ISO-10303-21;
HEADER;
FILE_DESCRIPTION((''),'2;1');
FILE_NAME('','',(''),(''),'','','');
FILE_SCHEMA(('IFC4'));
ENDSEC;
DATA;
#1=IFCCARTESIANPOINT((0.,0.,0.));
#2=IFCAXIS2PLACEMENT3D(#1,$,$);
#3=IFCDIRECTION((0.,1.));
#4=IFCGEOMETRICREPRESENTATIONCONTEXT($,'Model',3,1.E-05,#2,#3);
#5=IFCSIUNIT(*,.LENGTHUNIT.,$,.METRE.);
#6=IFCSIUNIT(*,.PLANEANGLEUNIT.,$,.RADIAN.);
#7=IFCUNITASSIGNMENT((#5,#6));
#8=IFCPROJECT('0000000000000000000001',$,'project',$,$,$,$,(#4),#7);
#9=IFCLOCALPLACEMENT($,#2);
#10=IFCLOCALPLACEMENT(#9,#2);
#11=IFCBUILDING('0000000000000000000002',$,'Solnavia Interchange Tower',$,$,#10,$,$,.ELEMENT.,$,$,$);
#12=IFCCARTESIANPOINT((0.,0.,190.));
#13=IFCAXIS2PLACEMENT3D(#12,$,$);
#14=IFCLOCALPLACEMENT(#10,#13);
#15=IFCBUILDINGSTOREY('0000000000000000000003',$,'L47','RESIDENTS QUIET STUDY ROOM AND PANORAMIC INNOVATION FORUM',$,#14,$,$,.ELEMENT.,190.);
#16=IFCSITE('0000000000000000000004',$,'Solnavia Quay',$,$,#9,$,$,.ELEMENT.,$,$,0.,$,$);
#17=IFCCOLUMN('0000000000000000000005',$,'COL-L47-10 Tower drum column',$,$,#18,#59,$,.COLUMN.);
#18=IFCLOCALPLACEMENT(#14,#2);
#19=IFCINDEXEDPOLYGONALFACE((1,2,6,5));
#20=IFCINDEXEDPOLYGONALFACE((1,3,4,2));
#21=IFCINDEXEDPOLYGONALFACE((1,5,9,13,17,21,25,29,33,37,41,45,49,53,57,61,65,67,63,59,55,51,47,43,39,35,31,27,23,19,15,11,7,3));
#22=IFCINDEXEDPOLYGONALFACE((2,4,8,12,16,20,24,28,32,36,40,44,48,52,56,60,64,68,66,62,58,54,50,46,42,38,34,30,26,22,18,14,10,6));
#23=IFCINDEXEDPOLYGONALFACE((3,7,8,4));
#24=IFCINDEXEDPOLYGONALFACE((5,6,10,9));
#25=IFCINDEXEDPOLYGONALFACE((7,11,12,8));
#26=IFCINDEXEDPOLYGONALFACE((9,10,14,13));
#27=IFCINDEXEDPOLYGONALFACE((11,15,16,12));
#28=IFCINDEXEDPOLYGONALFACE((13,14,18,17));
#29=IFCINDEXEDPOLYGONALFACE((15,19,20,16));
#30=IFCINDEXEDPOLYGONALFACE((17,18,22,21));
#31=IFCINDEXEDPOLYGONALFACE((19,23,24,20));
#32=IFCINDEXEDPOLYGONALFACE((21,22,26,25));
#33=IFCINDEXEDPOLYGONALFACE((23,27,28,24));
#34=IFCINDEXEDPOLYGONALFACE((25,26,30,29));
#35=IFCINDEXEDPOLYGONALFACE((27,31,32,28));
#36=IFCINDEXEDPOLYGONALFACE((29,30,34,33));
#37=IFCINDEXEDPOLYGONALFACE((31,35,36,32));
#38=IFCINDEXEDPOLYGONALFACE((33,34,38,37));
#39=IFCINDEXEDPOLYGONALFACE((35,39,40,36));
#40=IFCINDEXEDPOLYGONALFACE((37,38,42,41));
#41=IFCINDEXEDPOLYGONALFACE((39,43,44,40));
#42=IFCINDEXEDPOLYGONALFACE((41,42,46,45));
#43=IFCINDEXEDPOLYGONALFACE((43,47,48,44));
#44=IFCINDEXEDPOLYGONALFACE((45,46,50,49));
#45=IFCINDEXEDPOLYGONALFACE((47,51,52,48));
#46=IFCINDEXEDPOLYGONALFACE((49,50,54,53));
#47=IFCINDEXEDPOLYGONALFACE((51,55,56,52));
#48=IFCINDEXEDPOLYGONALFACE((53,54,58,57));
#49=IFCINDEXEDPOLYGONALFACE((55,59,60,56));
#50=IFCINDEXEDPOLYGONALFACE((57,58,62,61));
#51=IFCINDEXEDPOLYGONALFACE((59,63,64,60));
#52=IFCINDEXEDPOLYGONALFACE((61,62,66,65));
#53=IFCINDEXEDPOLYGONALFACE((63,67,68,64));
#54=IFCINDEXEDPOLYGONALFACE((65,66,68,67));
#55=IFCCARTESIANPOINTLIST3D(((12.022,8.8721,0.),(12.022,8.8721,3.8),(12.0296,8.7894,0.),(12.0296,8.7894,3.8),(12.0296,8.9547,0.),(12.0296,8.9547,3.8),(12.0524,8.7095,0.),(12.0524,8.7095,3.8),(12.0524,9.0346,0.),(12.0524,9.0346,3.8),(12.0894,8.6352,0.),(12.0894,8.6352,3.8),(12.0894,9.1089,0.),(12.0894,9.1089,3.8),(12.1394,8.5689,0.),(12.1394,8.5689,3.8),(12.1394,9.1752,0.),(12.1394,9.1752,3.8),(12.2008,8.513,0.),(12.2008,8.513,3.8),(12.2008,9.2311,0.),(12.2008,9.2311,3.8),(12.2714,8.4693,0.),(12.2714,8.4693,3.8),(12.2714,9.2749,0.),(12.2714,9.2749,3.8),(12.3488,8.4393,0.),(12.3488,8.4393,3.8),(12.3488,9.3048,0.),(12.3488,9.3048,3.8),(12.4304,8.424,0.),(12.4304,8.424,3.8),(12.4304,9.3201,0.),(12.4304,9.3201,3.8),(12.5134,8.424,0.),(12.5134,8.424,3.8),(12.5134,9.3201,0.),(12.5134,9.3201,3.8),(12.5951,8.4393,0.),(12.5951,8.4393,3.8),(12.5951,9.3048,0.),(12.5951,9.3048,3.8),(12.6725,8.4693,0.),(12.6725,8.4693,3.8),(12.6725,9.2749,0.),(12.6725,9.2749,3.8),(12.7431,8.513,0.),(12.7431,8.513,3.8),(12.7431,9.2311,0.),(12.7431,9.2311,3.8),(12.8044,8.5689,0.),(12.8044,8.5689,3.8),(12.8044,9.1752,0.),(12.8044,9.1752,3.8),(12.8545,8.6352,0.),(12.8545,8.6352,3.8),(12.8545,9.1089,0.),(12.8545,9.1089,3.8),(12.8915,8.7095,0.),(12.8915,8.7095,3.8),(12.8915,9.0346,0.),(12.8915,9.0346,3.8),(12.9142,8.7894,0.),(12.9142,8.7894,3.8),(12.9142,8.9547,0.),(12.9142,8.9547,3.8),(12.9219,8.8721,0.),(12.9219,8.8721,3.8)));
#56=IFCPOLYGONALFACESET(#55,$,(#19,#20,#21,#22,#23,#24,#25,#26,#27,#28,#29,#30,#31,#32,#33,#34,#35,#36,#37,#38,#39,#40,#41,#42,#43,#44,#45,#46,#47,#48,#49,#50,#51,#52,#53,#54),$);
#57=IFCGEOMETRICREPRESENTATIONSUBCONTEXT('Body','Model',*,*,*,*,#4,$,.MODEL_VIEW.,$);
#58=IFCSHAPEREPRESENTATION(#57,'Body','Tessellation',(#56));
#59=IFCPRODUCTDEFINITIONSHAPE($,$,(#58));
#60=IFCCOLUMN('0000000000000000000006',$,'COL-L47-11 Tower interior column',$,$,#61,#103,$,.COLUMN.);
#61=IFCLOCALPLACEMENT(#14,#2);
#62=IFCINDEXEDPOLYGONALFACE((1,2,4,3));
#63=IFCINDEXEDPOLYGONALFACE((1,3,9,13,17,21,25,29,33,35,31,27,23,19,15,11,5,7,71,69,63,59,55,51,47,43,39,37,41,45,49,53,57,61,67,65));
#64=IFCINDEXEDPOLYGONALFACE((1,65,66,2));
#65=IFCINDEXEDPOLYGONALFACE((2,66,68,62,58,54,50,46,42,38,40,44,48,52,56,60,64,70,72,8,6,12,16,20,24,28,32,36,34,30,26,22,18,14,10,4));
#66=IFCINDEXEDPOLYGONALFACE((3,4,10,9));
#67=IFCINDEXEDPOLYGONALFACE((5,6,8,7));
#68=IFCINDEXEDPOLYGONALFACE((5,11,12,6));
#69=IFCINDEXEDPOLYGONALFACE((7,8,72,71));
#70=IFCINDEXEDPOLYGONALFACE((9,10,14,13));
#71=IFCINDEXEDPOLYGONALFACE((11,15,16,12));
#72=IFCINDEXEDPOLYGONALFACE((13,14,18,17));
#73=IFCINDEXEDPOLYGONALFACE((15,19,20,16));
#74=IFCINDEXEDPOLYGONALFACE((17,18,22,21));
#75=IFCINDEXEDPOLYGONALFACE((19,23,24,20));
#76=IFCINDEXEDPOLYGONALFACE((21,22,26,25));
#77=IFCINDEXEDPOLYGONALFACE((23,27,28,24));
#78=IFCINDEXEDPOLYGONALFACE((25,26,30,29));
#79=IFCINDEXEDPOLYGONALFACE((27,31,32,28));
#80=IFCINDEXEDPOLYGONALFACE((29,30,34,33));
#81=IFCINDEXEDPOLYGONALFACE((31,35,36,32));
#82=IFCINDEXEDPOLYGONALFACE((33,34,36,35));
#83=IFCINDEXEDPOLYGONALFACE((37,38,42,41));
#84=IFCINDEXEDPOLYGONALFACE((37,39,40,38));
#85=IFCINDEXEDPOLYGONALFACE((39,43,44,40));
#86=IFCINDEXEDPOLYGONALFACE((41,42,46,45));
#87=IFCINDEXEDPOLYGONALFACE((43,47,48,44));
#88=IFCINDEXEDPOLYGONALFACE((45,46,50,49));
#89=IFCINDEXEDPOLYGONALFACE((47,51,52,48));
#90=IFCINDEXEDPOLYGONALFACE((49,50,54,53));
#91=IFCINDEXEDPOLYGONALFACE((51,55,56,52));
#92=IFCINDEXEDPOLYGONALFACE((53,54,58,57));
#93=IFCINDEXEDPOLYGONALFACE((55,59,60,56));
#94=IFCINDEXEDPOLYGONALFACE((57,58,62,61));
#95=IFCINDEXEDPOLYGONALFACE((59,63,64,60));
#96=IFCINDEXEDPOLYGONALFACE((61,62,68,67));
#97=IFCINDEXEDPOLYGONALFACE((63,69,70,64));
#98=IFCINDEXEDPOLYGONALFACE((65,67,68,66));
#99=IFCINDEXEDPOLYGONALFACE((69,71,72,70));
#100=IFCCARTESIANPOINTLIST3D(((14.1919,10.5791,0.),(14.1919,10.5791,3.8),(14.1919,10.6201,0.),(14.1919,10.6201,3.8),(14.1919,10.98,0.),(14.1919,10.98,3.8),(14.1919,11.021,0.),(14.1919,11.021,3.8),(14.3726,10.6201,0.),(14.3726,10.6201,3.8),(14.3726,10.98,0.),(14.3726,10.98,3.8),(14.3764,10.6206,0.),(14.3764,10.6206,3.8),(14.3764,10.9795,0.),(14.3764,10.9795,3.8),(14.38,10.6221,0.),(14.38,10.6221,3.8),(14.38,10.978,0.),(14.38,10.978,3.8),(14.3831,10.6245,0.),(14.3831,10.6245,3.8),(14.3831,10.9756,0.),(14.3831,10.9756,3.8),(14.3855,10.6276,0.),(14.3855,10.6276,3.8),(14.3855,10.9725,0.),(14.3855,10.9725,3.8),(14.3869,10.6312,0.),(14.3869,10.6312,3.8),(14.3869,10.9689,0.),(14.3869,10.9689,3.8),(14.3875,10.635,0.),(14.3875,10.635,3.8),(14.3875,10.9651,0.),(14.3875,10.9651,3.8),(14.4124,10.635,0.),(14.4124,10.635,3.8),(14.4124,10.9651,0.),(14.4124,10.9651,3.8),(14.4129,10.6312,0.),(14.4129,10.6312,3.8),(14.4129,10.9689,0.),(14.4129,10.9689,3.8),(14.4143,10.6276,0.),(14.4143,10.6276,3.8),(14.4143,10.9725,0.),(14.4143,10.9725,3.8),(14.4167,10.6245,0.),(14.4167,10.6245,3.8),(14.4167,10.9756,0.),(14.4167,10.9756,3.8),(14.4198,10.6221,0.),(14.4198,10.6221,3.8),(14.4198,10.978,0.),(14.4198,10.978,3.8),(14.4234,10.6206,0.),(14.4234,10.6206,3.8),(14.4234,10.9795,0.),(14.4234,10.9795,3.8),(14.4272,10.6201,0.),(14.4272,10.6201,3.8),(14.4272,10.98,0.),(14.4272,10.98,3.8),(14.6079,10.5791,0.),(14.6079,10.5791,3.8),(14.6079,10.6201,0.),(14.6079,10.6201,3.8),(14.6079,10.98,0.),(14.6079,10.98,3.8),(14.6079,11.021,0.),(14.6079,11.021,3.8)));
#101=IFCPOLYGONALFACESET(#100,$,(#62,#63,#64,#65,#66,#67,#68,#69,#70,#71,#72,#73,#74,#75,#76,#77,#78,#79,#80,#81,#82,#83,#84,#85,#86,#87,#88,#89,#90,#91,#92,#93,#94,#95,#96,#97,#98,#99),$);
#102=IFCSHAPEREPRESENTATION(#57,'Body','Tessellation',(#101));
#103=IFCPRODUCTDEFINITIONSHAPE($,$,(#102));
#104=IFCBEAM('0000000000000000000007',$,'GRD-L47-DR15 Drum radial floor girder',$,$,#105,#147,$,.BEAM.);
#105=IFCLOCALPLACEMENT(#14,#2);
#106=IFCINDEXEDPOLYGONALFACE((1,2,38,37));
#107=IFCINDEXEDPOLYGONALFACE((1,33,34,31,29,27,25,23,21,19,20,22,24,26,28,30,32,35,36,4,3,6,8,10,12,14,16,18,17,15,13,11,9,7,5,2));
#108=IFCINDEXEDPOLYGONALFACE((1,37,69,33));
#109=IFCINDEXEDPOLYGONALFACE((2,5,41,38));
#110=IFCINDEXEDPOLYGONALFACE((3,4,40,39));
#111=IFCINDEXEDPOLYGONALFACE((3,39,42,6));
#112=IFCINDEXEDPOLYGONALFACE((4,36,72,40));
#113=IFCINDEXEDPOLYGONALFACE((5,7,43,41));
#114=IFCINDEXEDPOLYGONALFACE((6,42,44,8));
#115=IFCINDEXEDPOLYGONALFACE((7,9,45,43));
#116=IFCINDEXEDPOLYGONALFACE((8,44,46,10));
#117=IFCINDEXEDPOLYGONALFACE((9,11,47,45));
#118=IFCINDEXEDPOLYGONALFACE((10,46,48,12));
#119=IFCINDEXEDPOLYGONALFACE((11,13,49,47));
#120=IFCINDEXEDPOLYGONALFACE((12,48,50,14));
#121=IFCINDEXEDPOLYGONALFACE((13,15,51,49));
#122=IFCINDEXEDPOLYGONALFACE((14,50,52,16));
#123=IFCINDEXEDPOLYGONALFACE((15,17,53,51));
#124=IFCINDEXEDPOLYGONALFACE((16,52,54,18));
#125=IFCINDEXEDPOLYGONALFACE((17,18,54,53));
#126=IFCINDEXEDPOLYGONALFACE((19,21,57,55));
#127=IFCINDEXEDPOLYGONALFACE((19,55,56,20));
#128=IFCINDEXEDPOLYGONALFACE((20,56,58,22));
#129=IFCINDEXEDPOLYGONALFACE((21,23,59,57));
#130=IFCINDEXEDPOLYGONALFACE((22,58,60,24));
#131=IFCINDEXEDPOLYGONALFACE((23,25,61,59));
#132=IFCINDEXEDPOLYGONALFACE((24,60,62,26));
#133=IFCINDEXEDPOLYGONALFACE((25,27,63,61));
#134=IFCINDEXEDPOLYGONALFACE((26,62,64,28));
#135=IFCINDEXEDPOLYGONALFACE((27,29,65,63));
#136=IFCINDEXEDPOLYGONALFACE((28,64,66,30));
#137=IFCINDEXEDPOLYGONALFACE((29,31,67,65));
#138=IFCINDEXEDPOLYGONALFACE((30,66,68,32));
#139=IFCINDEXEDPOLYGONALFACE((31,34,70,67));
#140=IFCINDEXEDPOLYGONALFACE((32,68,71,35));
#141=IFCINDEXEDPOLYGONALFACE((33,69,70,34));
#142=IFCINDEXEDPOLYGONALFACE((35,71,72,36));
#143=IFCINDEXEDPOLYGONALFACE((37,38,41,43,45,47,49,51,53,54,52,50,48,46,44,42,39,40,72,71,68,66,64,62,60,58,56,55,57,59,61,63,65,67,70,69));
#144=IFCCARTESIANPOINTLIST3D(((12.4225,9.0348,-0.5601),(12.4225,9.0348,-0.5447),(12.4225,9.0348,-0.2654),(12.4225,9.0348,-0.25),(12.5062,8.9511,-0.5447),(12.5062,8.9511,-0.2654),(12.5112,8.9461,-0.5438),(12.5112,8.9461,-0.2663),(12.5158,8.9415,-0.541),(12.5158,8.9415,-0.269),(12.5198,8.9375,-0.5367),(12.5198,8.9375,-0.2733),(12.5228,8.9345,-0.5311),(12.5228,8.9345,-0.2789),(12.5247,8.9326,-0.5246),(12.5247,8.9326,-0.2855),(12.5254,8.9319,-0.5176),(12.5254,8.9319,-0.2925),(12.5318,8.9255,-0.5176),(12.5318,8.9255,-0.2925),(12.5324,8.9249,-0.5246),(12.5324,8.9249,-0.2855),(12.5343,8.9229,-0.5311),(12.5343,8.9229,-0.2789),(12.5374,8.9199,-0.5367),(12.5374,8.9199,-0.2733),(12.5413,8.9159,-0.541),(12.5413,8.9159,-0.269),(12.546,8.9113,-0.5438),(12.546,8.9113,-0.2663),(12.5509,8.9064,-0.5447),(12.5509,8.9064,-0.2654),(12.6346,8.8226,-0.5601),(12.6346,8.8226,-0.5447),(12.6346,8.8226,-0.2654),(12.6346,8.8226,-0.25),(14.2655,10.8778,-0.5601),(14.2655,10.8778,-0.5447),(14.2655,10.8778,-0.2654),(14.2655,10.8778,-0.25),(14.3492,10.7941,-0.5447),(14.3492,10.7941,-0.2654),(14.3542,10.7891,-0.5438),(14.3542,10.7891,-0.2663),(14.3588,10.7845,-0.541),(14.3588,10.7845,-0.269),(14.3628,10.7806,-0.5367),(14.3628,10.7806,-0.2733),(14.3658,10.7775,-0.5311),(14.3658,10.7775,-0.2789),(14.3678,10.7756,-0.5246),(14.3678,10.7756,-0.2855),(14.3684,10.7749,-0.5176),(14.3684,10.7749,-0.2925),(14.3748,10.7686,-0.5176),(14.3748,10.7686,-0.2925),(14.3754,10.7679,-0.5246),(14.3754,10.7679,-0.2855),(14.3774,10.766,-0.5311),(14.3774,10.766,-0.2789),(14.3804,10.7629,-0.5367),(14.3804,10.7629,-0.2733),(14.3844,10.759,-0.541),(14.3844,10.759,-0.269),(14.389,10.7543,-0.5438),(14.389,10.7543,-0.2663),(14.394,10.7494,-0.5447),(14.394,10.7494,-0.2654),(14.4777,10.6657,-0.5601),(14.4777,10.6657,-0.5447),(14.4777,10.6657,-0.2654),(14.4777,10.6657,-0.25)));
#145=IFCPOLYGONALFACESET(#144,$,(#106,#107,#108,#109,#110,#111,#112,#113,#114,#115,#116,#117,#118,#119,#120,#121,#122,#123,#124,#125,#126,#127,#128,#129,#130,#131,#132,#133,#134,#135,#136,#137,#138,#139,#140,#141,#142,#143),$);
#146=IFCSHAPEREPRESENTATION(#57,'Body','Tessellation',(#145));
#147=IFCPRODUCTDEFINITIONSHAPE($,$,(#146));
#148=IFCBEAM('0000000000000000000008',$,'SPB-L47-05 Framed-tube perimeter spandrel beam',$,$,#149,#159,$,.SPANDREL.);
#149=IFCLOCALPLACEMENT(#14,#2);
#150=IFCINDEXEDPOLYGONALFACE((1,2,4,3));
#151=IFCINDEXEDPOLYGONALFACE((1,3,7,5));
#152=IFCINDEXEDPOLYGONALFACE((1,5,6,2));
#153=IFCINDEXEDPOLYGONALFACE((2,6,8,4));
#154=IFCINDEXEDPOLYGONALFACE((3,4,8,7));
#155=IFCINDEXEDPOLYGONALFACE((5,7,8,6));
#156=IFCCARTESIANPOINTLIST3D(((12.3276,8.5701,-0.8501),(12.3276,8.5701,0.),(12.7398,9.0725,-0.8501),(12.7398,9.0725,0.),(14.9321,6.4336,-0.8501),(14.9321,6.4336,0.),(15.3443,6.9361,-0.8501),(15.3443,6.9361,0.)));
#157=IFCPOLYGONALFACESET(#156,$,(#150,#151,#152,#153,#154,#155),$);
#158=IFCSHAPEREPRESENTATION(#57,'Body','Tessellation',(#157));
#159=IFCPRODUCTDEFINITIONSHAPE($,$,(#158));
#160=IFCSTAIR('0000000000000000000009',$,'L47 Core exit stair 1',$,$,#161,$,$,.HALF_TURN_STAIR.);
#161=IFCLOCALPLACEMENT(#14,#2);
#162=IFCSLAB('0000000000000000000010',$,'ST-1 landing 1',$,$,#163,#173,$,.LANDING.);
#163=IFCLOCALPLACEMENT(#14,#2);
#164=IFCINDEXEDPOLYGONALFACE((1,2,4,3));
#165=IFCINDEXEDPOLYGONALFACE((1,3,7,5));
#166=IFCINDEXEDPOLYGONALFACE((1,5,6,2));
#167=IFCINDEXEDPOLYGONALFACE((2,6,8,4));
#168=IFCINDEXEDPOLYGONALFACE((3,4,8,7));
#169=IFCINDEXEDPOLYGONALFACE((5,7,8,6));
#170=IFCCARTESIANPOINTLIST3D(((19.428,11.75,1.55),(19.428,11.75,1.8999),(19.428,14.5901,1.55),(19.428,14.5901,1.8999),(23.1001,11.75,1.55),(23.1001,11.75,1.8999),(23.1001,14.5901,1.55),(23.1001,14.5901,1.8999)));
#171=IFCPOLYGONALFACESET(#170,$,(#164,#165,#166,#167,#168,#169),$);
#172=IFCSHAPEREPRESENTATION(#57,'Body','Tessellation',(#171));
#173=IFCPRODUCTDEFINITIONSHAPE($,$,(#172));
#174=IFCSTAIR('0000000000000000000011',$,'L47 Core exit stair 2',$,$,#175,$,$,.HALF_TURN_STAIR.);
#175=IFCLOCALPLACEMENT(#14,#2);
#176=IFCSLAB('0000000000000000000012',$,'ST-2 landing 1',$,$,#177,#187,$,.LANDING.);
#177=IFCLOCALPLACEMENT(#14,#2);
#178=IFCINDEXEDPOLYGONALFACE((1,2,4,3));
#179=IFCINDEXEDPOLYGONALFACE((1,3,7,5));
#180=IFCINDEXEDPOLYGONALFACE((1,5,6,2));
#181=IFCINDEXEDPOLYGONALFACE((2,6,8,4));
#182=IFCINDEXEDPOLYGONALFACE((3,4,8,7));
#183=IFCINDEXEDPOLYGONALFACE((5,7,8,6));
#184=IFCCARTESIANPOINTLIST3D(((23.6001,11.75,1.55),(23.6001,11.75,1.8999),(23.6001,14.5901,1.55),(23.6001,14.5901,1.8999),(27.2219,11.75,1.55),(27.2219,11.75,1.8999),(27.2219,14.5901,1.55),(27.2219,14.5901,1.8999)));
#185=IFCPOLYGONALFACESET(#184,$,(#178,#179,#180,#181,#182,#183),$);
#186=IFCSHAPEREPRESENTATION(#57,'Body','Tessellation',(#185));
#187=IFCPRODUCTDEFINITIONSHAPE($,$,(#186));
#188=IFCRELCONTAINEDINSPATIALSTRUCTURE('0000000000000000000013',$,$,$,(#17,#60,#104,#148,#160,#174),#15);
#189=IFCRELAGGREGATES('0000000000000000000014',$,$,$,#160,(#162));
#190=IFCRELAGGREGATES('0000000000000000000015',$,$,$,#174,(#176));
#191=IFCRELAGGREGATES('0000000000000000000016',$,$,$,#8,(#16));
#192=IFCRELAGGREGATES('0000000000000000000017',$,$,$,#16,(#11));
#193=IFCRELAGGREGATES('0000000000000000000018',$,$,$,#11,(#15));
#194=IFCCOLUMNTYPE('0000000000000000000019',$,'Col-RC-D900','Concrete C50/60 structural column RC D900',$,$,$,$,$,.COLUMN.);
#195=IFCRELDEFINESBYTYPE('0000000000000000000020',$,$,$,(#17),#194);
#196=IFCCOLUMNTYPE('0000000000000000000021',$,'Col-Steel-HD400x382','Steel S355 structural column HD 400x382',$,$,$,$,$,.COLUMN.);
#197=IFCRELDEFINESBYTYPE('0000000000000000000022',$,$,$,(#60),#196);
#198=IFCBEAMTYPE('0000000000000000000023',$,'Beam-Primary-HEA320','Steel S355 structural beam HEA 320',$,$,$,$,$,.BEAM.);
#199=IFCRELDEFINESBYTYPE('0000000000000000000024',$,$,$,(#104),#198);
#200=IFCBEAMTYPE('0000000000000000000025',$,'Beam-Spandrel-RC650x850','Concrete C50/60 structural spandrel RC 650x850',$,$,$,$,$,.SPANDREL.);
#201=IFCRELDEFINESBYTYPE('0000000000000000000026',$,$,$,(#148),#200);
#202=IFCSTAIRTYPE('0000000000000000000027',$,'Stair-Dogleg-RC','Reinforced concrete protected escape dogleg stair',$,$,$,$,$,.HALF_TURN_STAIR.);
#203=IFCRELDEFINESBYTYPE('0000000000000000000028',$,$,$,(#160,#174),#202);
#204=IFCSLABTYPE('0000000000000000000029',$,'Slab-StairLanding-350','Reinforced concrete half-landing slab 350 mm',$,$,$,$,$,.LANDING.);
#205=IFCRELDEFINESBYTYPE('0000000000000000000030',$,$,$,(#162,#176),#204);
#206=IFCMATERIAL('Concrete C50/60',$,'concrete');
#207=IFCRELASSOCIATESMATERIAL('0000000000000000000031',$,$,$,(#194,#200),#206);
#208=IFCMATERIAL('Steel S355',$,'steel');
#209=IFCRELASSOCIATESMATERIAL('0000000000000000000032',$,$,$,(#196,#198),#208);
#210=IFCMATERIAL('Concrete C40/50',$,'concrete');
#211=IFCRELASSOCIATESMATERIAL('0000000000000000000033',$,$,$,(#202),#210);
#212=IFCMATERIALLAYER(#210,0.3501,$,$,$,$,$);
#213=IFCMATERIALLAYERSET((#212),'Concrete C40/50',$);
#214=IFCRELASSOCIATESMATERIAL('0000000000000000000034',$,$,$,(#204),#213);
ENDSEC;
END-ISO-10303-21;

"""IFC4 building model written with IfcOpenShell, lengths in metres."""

from ifc_helpers import new_model, si_unit, direction, frame, origin, origin_2d, place, context, subcontext, project, spatial, polyline, rectangle, circle, i_section, outline, extrude, material, layer, layer_set, material_profile, profile_set, type_object, element, aggregate, save


model = new_model("IFC4")

# Units and contexts
model_context = context("Model", 3, precision=1e-05, world=origin(), true_north=direction((0.0, 1.0)))
body_context = subcontext(model_context, "Body", "Model", "MODEL_VIEW")
ifc_project = project(units=[si_unit("LENGTHUNIT", "METRE"), si_unit("PLANEANGLEUNIT", "RADIAN")], contexts=[model_context])

# Site, building, storey
site_placement = place(None, origin())
site = spatial("IfcSite", under=ifc_project, at=site_placement, Name="Solnavia Quay", CompositionType="ELEMENT", RefElevation=0.0)
building_placement = place(site_placement, origin())
building = spatial("IfcBuilding", under=site, at=building_placement, Name="Solnavia Interchange Tower", CompositionType="ELEMENT")
storey_placement = place(building_placement, frame((0.0, 0.0, 190.0)))
storey = spatial("IfcBuildingStorey", under=building, at=storey_placement, Name="L47", Description="RESIDENTS QUIET STUDY ROOM AND PANORAMIC INNOVATION FORUM", CompositionType="ELEMENT", Elevation=190.0)

# Columns
ifc_material_1 = material(Name="Concrete C50/60", Category="concrete")
ifc_material_profile_1 = material_profile(ifc_material_1, circle(Radius=0.45, at=origin_2d()), Name="RC D900")
ifc_profile_set_1 = profile_set([ifc_material_profile_1], Name="Concrete C50/60")
column_type_1 = type_object("IfcColumnType", Name="Col-RC-D900", Description="Concrete C50/60 structural column RC D900", PredefinedType="COLUMN", material=ifc_profile_set_1)
column_1_placement = place(storey_placement, frame((12.4719, 8.8721, 0.0), z_axis=(0.0, 0.0, 1.0), x_axis=(1.0, 0.0, 0.0)))
element("IfcColumn", 1, at=column_1_placement, inside=storey, type_object=column_type_1, Name="COL-L47-10 Tower drum column", PredefinedType="COLUMN", context=body_context, shape_type="SweptSolid", body=[
    extrude(circle(Radius=0.45, at=origin_2d()), origin(), (0.0, 0.0, 1.0), 3.8),
])
ifc_material_2 = material(Name="Steel S355", Category="steel")
ifc_material_profile_2 = material_profile(ifc_material_2, i_section(OverallWidth=0.416, OverallDepth=0.4419, WebThickness=0.0249, FlangeThickness=0.041, FilletRadius=0.0149, at=origin_2d()), Name="HD 400x382")
ifc_profile_set_2 = profile_set([ifc_material_profile_2], Name="Steel S355")
column_type_2 = type_object("IfcColumnType", Name="Col-Steel-HD400x382", Description="Steel S355 structural column HD 400x382", PredefinedType="COLUMN", material=ifc_profile_set_2)
column_2_placement = place(storey_placement, frame((14.3999, 10.8, 0.0), z_axis=(0.0, 0.0, 1.0), x_axis=(1.0, 0.0, 0.0)))
element("IfcColumn", 2, at=column_2_placement, inside=storey, type_object=column_type_2, Name="COL-L47-11 Tower interior column", PredefinedType="COLUMN", context=body_context, shape_type="SweptSolid", body=[
    extrude(i_section(OverallWidth=0.416, OverallDepth=0.4419, WebThickness=0.0249, FlangeThickness=0.041, FilletRadius=0.0149, at=origin_2d()), origin(), (0.0, 0.0, 1.0), 3.8),
])

# Beams
ifc_material_profile_3 = material_profile(ifc_material_2, i_section(OverallWidth=0.3, OverallDepth=0.3101, WebThickness=0.009, FlangeThickness=0.0154, FilletRadius=0.0271, at=origin_2d()), Name="HEA 320")
ifc_profile_set_3 = profile_set([ifc_material_profile_3], Name="Steel S355")
beam_type_1 = type_object("IfcBeamType", Name="Beam-Primary-HEA320", Description="Steel S355 structural beam HEA 320", PredefinedType="BEAM", material=ifc_profile_set_3)
beam_1_placement = place(storey_placement, frame((12.5286, 8.9287, -0.405), z_axis=(0.707107, 0.707107, 0.0), x_axis=(-0.707107, 0.707107, 0.0)))
element("IfcBeam", 3, at=beam_1_placement, inside=storey, type_object=beam_type_1, Name="GRD-L47-DR15 Drum radial floor girder", PredefinedType="BEAM", context=body_context, shape_type="SweptSolid", body=[
    extrude(i_section(OverallWidth=0.3, OverallDepth=0.3101, WebThickness=0.009, FlangeThickness=0.0154, FilletRadius=0.0271, at=origin_2d()), origin(), (0.0, 0.0, 1.0), 2.6064),
])
ifc_material_profile_4 = material_profile(ifc_material_1, rectangle(XDim=0.6499, YDim=0.8501, at=origin_2d()), Name="RC 650x850")
ifc_profile_set_4 = profile_set([ifc_material_profile_4], Name="Concrete C50/60")
beam_type_2 = type_object("IfcBeamType", Name="Beam-Spandrel-RC650x850", Description="Concrete C50/60 structural spandrel RC 650x850", PredefinedType="SPANDREL", material=ifc_profile_set_4)
beam_2_placement = place(storey_placement, frame((12.5337, 8.8213, -0.425), z_axis=(0.773153, -0.63422, 0.0), x_axis=(0.63422, 0.773153, 0.0)))
element("IfcBeam", 4, at=beam_2_placement, inside=storey, type_object=beam_type_2, Name="SPB-L47-05 Framed-tube perimeter spandrel beam", PredefinedType="SPANDREL", context=body_context, shape_type="SweptSolid", body=[
    extrude(rectangle(XDim=0.6499, YDim=0.8501, at=origin_2d()), origin(), (0.0, 0.0, 1.0), 3.3687),
])

# Stairs, slabs
ifc_material_3 = material(Name="Concrete C40/50", Category="concrete")
stair_type = type_object("IfcStairType", Name="Stair-Dogleg-RC", Description="Reinforced concrete protected escape dogleg stair", PredefinedType="HALF_TURN_STAIR", material=ifc_material_3)
stair_1_placement = place(storey_placement, origin())
stair_1 = element("IfcStair", 5, at=stair_1_placement, inside=storey, type_object=stair_type, Name="L47 Core exit stair 1", PredefinedType="HALF_TURN_STAIR")
ifc_layer_1 = layer(ifc_material_3, 0.3501)
ifc_layer_set_1 = layer_set([ifc_layer_1], Name="Concrete C40/50")
slab_type_1 = type_object("IfcSlabType", Name="Slab-StairLanding-350", Description="Reinforced concrete half-landing slab 350 mm", PredefinedType="LANDING", material=ifc_layer_set_1)
slab_1_placement = place(storey_placement, frame((0.0, 0.0, 1.55)))
slab_1 = element("IfcSlab", 6, at=slab_1_placement, type_object=slab_type_1, Name="ST-1 landing 1", PredefinedType="LANDING", context=body_context, shape_type="SweptSolid", body=[
    extrude(outline(polyline([(19.428, 11.75), (23.1001, 11.75), (23.1001, 14.5901), (19.428, 14.5901), (19.428, 11.75)])), origin(), (0.0, 0.0, 1.0), 0.3499),
])
aggregate(stair_1, [slab_1])
stair_2_placement = place(storey_placement, origin())
stair_2 = element("IfcStair", 7, at=stair_2_placement, inside=storey, type_object=stair_type, Name="L47 Core exit stair 2", PredefinedType="HALF_TURN_STAIR")
slab_2_placement = place(storey_placement, frame((0.0, 0.0, 1.55)))
slab_2 = element("IfcSlab", 8, at=slab_2_placement, type_object=slab_type_1, Name="ST-2 landing 1", PredefinedType="LANDING", context=body_context, shape_type="SweptSolid", body=[
    extrude(outline(polyline([(23.6001, 11.75), (27.2219, 11.75), (27.2219, 14.5901), (23.6001, 14.5901), (23.6001, 11.75)])), origin(), (0.0, 0.0, 1.0), 0.3499),
])
aggregate(stair_2, [slab_2])

save(model, "model.ifc")
